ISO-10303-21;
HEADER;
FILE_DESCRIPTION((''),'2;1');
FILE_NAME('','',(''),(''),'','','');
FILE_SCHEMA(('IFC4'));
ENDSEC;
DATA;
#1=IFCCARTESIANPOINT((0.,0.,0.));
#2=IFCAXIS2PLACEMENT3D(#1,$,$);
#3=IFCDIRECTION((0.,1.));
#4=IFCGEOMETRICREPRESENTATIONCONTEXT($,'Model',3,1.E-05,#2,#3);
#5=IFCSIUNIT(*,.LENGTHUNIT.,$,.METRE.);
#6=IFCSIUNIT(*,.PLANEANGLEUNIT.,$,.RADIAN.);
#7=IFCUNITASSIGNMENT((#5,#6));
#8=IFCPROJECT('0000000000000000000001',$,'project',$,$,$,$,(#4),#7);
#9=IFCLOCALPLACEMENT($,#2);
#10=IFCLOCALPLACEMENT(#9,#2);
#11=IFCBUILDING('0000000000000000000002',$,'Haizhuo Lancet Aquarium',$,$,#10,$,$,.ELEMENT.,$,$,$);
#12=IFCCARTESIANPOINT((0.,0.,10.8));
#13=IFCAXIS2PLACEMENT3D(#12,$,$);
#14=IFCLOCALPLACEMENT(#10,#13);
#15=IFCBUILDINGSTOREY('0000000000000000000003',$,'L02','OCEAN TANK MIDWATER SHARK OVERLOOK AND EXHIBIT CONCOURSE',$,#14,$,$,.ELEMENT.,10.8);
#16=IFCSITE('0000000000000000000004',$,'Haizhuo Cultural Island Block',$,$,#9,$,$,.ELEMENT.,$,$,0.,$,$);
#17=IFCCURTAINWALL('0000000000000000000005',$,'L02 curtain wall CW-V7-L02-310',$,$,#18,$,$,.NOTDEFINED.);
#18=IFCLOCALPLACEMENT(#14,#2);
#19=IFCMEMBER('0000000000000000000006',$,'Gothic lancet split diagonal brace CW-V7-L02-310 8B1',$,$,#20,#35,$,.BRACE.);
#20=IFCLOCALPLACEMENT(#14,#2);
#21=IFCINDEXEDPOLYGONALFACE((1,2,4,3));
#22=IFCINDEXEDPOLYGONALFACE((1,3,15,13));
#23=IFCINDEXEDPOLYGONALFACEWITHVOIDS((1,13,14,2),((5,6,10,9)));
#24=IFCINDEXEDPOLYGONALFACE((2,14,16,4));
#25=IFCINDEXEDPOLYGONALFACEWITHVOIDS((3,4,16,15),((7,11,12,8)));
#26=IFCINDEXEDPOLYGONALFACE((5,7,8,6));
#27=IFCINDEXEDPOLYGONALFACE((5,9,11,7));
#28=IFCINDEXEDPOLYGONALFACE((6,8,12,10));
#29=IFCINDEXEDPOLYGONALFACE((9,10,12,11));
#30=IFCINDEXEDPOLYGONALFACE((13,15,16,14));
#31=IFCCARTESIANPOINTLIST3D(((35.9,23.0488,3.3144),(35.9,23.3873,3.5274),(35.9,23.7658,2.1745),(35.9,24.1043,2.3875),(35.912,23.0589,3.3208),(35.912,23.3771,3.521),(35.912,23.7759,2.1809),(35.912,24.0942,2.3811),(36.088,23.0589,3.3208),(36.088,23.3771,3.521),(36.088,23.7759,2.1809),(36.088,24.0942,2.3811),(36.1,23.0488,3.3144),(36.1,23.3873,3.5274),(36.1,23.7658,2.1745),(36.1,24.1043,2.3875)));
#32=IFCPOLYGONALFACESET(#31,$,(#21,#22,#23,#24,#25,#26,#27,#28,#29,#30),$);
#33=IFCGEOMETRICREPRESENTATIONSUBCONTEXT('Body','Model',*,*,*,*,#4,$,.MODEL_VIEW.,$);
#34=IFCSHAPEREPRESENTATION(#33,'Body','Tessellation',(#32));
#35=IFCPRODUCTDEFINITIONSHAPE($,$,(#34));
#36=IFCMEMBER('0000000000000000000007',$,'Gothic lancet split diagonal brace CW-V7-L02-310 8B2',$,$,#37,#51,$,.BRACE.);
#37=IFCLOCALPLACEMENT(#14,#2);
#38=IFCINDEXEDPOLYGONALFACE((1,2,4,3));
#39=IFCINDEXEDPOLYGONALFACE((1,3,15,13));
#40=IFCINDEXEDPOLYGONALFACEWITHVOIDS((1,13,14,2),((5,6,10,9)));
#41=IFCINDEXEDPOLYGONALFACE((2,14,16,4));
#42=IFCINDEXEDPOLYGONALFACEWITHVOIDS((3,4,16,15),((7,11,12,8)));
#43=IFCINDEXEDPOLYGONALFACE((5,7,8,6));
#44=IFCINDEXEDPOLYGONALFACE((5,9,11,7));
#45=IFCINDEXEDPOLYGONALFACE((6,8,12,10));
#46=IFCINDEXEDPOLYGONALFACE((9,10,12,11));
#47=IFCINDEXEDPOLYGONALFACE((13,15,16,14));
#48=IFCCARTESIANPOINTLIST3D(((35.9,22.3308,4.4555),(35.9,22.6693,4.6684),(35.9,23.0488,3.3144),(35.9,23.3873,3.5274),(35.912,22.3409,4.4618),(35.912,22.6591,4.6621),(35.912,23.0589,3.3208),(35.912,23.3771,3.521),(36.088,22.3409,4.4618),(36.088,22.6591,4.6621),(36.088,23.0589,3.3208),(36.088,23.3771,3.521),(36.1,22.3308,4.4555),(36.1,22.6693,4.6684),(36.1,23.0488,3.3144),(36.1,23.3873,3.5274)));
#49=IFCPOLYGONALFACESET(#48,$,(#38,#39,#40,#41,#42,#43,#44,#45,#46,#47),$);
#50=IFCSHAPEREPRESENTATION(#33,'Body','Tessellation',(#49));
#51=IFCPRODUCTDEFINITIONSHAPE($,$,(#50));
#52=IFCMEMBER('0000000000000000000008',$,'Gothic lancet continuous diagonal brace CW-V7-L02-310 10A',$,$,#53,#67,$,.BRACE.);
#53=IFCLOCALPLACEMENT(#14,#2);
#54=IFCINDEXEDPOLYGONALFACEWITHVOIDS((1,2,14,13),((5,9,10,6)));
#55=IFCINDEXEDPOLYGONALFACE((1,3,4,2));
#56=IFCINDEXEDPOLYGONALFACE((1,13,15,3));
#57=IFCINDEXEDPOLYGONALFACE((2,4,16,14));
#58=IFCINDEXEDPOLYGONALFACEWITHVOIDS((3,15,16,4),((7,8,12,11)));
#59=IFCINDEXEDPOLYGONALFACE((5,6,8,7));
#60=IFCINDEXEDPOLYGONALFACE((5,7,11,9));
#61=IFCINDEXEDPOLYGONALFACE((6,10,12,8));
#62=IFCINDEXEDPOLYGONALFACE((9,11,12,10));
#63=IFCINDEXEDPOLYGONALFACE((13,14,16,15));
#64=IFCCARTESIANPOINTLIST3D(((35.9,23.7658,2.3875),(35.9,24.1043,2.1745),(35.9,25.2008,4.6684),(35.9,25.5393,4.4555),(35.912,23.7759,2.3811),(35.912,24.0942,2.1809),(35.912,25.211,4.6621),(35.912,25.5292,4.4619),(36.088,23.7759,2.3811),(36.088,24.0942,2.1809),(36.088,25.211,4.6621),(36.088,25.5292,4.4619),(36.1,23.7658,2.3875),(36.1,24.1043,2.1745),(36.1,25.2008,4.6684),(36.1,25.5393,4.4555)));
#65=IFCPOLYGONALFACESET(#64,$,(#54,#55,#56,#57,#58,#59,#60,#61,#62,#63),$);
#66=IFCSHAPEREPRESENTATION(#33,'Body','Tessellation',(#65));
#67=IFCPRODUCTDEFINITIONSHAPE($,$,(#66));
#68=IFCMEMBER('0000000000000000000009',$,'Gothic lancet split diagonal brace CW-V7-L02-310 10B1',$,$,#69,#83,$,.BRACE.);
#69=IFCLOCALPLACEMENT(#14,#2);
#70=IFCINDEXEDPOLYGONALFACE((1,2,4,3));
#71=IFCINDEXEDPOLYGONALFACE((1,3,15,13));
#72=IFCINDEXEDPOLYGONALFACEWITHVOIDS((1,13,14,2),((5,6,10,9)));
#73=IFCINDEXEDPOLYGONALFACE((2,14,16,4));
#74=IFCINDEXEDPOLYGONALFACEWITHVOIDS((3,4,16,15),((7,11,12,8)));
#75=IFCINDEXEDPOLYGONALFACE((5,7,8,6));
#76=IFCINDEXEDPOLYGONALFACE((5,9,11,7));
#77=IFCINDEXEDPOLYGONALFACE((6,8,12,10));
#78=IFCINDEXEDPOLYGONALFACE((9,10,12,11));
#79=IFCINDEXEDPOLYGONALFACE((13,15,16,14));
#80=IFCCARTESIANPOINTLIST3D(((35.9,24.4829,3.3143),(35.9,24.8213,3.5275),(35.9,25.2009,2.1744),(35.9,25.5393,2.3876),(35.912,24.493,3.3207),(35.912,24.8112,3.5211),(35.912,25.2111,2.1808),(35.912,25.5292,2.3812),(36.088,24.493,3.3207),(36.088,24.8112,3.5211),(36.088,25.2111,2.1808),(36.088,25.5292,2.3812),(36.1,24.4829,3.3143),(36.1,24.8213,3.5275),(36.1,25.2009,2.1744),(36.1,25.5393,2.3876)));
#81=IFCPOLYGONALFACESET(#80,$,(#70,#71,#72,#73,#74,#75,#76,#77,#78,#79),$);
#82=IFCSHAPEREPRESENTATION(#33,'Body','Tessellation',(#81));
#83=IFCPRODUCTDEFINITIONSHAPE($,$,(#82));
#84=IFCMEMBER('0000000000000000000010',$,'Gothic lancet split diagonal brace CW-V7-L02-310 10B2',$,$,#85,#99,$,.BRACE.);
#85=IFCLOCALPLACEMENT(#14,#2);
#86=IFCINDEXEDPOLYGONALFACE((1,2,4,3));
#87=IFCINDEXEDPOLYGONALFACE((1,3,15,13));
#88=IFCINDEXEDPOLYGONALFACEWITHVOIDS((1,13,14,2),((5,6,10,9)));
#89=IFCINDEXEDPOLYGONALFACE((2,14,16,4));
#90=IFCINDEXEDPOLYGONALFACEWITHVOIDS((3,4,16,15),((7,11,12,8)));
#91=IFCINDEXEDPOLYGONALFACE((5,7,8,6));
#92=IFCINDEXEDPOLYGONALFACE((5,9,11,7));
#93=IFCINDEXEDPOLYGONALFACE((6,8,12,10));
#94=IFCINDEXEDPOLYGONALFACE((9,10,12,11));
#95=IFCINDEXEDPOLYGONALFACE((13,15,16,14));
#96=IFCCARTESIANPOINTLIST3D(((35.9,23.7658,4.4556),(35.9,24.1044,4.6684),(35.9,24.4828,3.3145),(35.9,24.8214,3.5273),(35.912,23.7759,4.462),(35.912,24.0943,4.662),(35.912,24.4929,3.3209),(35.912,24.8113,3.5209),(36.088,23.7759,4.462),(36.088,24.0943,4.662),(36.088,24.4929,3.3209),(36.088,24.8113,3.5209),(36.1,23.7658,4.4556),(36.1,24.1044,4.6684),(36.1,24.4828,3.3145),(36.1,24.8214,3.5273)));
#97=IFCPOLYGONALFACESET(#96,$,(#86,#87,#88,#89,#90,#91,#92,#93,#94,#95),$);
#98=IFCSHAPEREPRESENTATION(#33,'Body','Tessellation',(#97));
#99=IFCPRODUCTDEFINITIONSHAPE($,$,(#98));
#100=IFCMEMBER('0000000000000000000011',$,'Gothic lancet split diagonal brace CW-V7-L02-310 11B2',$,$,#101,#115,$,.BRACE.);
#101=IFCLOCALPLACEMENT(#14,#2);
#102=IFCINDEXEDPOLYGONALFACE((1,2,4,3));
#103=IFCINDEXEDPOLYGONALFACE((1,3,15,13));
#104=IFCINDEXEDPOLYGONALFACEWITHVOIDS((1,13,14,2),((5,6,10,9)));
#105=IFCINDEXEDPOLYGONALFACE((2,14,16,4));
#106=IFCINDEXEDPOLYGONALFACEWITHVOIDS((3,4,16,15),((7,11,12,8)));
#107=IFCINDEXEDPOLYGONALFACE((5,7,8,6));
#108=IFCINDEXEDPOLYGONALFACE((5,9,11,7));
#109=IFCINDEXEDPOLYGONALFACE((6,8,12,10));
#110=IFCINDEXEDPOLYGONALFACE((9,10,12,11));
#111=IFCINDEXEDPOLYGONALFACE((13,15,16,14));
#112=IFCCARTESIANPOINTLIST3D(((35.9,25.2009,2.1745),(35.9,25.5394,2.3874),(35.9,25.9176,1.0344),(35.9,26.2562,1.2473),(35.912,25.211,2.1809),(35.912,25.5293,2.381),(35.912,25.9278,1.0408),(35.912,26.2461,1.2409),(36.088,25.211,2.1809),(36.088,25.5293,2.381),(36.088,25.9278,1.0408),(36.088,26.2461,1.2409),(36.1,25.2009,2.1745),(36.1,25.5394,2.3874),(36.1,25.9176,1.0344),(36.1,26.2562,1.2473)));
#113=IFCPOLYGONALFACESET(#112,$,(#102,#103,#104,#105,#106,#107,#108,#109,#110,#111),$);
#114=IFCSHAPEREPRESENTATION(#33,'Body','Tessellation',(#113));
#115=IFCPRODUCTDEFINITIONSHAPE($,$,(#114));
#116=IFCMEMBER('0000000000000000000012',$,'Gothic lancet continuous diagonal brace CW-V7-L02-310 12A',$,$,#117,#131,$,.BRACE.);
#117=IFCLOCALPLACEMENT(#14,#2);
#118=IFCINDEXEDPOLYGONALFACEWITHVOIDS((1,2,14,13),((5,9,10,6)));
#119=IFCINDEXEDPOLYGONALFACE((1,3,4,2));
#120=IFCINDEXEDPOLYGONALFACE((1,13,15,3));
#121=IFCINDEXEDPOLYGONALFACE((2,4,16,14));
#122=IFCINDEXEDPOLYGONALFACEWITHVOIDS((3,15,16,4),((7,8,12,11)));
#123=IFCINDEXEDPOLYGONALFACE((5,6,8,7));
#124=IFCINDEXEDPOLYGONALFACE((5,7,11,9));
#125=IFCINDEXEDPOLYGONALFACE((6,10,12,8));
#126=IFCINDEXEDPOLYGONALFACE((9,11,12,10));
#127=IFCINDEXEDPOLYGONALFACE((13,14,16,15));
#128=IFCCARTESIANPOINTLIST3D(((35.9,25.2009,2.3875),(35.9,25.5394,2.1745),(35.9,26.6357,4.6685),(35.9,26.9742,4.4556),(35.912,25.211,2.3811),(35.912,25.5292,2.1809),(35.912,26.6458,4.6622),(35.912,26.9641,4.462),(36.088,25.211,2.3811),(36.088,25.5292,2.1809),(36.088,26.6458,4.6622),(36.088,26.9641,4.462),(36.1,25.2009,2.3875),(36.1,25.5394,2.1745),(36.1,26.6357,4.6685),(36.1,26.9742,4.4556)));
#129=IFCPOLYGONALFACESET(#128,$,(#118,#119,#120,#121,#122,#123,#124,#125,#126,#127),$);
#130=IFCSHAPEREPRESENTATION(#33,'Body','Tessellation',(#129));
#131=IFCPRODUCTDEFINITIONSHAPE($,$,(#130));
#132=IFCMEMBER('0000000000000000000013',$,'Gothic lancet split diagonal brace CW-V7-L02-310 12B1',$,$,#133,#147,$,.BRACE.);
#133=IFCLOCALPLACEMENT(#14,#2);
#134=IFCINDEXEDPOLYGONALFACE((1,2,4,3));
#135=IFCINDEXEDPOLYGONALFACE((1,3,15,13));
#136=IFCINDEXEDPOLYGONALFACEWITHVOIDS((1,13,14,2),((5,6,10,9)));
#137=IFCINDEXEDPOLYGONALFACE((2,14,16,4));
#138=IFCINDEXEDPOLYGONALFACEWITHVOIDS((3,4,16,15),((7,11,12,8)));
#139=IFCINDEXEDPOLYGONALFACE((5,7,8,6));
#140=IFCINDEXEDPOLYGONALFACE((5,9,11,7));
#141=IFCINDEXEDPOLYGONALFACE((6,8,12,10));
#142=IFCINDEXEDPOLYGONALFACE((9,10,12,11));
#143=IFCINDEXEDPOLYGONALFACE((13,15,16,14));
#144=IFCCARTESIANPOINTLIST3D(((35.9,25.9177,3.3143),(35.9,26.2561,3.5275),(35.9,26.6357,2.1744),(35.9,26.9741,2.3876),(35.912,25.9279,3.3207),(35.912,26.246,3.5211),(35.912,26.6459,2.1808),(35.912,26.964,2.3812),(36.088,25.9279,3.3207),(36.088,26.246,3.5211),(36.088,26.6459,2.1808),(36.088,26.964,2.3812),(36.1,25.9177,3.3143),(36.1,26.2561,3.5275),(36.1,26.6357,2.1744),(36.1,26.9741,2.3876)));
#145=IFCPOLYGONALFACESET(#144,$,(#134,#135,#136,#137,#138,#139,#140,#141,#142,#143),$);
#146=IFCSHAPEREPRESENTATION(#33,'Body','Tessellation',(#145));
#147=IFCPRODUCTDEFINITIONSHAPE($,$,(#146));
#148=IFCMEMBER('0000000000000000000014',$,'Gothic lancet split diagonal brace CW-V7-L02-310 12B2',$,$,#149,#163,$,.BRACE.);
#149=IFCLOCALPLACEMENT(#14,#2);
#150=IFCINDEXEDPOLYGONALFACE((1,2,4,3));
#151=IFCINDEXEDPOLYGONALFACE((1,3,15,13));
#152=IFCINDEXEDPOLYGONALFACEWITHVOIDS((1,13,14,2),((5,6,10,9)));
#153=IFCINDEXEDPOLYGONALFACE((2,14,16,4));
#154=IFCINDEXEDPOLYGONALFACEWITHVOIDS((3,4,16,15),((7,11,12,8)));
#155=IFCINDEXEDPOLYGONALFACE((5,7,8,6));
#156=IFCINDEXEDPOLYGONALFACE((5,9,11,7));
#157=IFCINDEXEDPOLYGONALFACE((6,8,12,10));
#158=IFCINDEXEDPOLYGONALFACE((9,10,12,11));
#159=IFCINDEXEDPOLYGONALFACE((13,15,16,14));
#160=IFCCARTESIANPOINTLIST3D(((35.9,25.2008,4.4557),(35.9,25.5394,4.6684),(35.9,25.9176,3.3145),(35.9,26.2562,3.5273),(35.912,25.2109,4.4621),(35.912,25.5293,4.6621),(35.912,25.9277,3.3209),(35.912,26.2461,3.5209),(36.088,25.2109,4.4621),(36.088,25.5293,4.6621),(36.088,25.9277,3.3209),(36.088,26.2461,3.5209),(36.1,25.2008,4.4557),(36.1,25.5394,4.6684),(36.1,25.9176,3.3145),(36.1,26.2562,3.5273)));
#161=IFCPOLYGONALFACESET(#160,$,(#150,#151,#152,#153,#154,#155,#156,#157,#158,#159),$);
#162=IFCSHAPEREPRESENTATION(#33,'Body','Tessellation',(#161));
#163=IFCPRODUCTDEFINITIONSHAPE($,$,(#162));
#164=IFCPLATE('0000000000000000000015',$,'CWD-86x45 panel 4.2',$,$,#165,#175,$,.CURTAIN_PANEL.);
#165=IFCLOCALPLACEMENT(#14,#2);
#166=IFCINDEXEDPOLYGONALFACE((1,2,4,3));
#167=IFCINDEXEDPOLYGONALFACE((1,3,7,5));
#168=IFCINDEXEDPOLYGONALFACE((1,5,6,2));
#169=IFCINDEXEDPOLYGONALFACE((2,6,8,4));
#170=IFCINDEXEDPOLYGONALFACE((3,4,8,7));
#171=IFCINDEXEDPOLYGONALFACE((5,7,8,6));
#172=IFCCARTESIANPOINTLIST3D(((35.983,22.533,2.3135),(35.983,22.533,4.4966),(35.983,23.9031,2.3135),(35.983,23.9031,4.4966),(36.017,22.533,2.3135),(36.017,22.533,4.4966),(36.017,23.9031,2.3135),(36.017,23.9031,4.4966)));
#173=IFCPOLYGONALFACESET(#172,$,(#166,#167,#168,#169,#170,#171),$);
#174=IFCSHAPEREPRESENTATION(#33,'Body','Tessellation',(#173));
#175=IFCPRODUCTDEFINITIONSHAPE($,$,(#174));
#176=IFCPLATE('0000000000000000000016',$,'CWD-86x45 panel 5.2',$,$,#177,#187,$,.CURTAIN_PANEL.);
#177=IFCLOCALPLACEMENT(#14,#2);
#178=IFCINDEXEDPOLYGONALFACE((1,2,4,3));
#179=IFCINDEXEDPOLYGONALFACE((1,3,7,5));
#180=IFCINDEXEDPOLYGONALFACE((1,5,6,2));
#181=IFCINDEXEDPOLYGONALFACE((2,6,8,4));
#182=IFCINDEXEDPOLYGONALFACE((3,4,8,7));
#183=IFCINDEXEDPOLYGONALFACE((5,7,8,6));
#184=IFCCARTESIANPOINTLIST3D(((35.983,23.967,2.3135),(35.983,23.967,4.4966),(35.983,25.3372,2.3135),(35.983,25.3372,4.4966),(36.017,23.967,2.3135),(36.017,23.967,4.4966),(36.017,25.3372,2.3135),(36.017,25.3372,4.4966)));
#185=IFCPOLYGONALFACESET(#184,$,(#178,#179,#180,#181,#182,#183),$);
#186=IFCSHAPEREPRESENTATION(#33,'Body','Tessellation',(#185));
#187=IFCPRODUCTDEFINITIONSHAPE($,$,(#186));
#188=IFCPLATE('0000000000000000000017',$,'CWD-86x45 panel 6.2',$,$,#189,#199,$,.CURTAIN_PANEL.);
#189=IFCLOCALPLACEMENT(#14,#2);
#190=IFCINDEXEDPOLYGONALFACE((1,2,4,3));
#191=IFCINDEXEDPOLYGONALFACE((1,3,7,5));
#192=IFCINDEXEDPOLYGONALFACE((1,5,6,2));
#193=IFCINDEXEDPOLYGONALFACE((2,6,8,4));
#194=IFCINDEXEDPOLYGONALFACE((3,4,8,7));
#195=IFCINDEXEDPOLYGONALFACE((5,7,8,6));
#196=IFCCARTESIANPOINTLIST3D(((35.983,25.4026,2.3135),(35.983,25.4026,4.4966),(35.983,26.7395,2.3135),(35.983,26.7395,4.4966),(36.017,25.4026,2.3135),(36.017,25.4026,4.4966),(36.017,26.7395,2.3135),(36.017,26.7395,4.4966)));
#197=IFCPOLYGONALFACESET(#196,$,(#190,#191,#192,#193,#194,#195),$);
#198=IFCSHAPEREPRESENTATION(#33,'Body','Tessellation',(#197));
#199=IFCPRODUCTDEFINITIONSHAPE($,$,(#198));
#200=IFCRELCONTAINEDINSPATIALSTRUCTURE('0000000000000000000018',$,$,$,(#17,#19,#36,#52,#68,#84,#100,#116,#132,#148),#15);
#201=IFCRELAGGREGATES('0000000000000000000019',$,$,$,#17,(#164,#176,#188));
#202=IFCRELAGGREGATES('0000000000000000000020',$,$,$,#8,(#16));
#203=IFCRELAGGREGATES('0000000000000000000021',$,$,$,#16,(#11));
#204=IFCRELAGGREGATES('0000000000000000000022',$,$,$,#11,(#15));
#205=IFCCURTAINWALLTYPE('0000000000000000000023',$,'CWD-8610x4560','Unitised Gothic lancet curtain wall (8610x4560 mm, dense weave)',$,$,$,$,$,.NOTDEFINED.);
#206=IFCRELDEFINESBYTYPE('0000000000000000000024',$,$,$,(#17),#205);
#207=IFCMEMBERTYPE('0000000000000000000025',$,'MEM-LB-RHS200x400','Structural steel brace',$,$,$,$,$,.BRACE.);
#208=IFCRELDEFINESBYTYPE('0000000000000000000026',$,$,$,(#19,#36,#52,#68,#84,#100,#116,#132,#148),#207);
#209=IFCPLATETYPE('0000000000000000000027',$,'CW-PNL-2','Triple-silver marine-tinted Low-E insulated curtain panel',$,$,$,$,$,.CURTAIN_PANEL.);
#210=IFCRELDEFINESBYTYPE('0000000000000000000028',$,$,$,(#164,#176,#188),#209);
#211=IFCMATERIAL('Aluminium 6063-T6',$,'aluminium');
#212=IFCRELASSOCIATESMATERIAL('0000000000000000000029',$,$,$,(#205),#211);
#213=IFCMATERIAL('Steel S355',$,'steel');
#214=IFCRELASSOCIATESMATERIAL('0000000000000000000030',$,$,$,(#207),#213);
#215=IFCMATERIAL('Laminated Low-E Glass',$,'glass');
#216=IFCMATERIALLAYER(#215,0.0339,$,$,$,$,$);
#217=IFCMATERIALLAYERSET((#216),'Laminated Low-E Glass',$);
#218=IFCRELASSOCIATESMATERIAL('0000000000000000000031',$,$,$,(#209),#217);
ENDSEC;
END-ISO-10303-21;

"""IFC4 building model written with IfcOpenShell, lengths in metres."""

from ifc_helpers import new_model, si_unit, direction, frame, origin, origin_2d, place, context, subcontext, project, spatial, rectangle, hollow_rectangle, extrude, material, layer, layer_set, material_profile, profile_set, type_object, element, aggregate, save


model = new_model("IFC4")

# Units and contexts
model_context = context("Model", 3, precision=1e-05, world=origin(), true_north=direction((0.0, 1.0)))
body_context = subcontext(model_context, "Body", "Model", "MODEL_VIEW")
ifc_project = project(units=[si_unit("LENGTHUNIT", "METRE"), si_unit("PLANEANGLEUNIT", "RADIAN")], contexts=[model_context])

# Site, building, storey
site_placement = place(None, origin())
site = spatial("IfcSite", under=ifc_project, at=site_placement, Name="Haizhuo Cultural Island Block", CompositionType="ELEMENT", RefElevation=0.0)
building_placement = place(site_placement, origin())
building = spatial("IfcBuilding", under=site, at=building_placement, Name="Haizhuo Lancet Aquarium", CompositionType="ELEMENT")
storey_placement = place(building_placement, frame((0.0, 0.0, 10.8)))
storey = spatial("IfcBuildingStorey", under=building, at=storey_placement, Name="L02", Description="OCEAN TANK MIDWATER SHARK OVERLOOK AND EXHIBIT CONCOURSE", CompositionType="ELEMENT", Elevation=10.8)

# Shared definitions
ifc_material_1 = material(Name="Steel S355", Category="steel")

# Curtain wall
ifc_material_2 = material(Name="Aluminium 6063-T6", Category="aluminium")
curtain_wall_type = type_object("IfcCurtainWallType", Name="CWD-8610x4560", Description="Unitised Gothic lancet curtain wall (8610x4560 mm, dense weave)", PredefinedType="NOTDEFINED", material=ifc_material_2)
curtain_wall_placement = place(storey_placement, origin())
curtain_wall = element("IfcCurtainWall", 1, at=curtain_wall_placement, inside=storey, type_object=curtain_wall_type, Name="L02 curtain wall CW-V7-L02-310", PredefinedType="NOTDEFINED")

# Members
ifc_material_profile_1 = material_profile(ifc_material_1, hollow_rectangle(XDim=0.2, YDim=0.3999, WallThickness=0.012, at=origin_2d()), Name="RHS 200x400x12")
ifc_profile_set_1 = profile_set([ifc_material_profile_1], Name="Steel S355")
member_type_1 = type_object("IfcMemberType", Name="MEM-LB-RHS200x400", Description="Structural steel brace", PredefinedType="BRACE", material=ifc_profile_set_1)
member_1_placement = place(storey_placement, frame((36.0, 23.9351, 2.281), z_axis=(0.0, -0.532457, 0.846457), x_axis=(1.0, 0.0, 0.0)))
element("IfcMember", 2, at=member_1_placement, inside=storey, type_object=member_type_1, Name="Gothic lancet split diagonal brace CW-V7-L02-310 8B1", PredefinedType="BRACE", context=body_context, shape_type="SweptSolid", body=[
    extrude(hollow_rectangle(XDim=0.2, YDim=0.3999, WallThickness=0.012, at=origin_2d()), origin(), (0.0, 0.0, 1.0), 1.3467),
])
member_2_placement = place(storey_placement, frame((36.0, 23.218, 3.4209), z_axis=(0.0, -0.532568, 0.846387), x_axis=(1.0, 0.0, 0.0)))
element("IfcMember", 3, at=member_2_placement, inside=storey, type_object=member_type_1, Name="Gothic lancet split diagonal brace CW-V7-L02-310 8B2", PredefinedType="BRACE", context=body_context, shape_type="SweptSolid", body=[
    extrude(hollow_rectangle(XDim=0.2, YDim=0.3999, WallThickness=0.012, at=origin_2d()), origin(), (0.0, 0.0, 1.0), 1.3481),
])
member_3_placement = place(storey_placement, frame((36.0, 23.9351, 2.281), z_axis=(0.0, 0.532513, 0.846422), x_axis=(-1.0, 0.0, 0.0)))
element("IfcMember", 4, at=member_3_placement, inside=storey, type_object=member_type_1, Name="Gothic lancet continuous diagonal brace CW-V7-L02-310 10A", PredefinedType="BRACE", context=body_context, shape_type="SweptSolid", body=[
    extrude(hollow_rectangle(XDim=0.2, YDim=0.3999, WallThickness=0.012, at=origin_2d()), origin(), (0.0, 0.0, 1.0), 2.6948),
])
member_4_placement = place(storey_placement, frame((36.0, 25.3701, 2.281), z_axis=(0.0, -0.532977, 0.84613), x_axis=(1.0, 0.0, 0.0)))
element("IfcMember", 5, at=member_4_placement, inside=storey, type_object=member_type_1, Name="Gothic lancet split diagonal brace CW-V7-L02-310 10B1", PredefinedType="BRACE", context=body_context, shape_type="SweptSolid", body=[
    extrude(hollow_rectangle(XDim=0.2, YDim=0.3999, WallThickness=0.012, at=origin_2d()), origin(), (0.0, 0.0, 1.0), 1.3472),
])
member_5_placement = place(storey_placement, frame((36.0, 24.6521, 3.4209), z_axis=(0.0, -0.532049, 0.846713), x_axis=(1.0, 0.0, 0.0)))
element("IfcMember", 6, at=member_5_placement, inside=storey, type_object=member_type_1, Name="Gothic lancet split diagonal brace CW-V7-L02-310 10B2", PredefinedType="BRACE", context=body_context, shape_type="SweptSolid", body=[
    extrude(hollow_rectangle(XDim=0.2, YDim=0.3999, WallThickness=0.012, at=origin_2d()), origin(), (0.0, 0.0, 1.0), 1.3477),
])
member_6_placement = place(storey_placement, frame((36.0, 26.0869, 1.1409), z_axis=(0.0, -0.532246, 0.84659), x_axis=(1.0, 0.0, 0.0)))
element("IfcMember", 7, at=member_6_placement, inside=storey, type_object=member_type_1, Name="Gothic lancet split diagonal brace CW-V7-L02-310 11B2", PredefinedType="BRACE", context=body_context, shape_type="SweptSolid", body=[
    extrude(hollow_rectangle(XDim=0.2, YDim=0.3999, WallThickness=0.012, at=origin_2d()), origin(), (0.0, 0.0, 1.0), 1.3467),
])
member_7_placement = place(storey_placement, frame((36.0, 25.3701, 2.281), z_axis=(0.0, 0.532448, 0.846463), x_axis=(-1.0, 0.0, 0.0)))
element("IfcMember", 8, at=member_7_placement, inside=storey, type_object=member_type_1, Name="Gothic lancet continuous diagonal brace CW-V7-L02-310 12A", PredefinedType="BRACE", context=body_context, shape_type="SweptSolid", body=[
    extrude(hollow_rectangle(XDim=0.2, YDim=0.3999, WallThickness=0.012, at=origin_2d()), origin(), (0.0, 0.0, 1.0), 2.6948),
])
member_8_placement = place(storey_placement, frame((36.0, 26.8049, 2.281), z_axis=(0.0, -0.532977, 0.84613), x_axis=(1.0, 0.0, 0.0)))
element("IfcMember", 9, at=member_8_placement, inside=storey, type_object=member_type_1, Name="Gothic lancet split diagonal brace CW-V7-L02-310 12B1", PredefinedType="BRACE", context=body_context, shape_type="SweptSolid", body=[
    extrude(hollow_rectangle(XDim=0.2, YDim=0.3999, WallThickness=0.012, at=origin_2d()), origin(), (0.0, 0.0, 1.0), 1.3472),
])
member_9_placement = place(storey_placement, frame((36.0, 26.0869, 3.4209), z_axis=(0.0, -0.531919, 0.846795), x_axis=(1.0, 0.0, 0.0)))
element("IfcMember", 10, at=member_9_placement, inside=storey, type_object=member_type_1, Name="Gothic lancet split diagonal brace CW-V7-L02-310 12B2", PredefinedType="BRACE", context=body_context, shape_type="SweptSolid", body=[
    extrude(hollow_rectangle(XDim=0.2, YDim=0.3999, WallThickness=0.012, at=origin_2d()), origin(), (0.0, 0.0, 1.0), 1.3477),
])

# Plates
ifc_material_3 = material(Name="Laminated Low-E Glass", Category="glass")
ifc_layer = layer(ifc_material_3, 0.0339)
ifc_layer_set = layer_set([ifc_layer], Name="Laminated Low-E Glass")
plate_type = type_object("IfcPlateType", Name="CW-PNL-2", Description="Triple-silver marine-tinted Low-E insulated curtain panel", PredefinedType="CURTAIN_PANEL", material=ifc_layer_set)
plate_1_placement = place(storey_placement, frame((36.0, 23.218, 2.3135), z_axis=(0.0, 0.0, 1.0), x_axis=(0.0, 1.0, 0.0)))
plate_1 = element("IfcPlate", 11, at=plate_1_placement, type_object=plate_type, Name="CWD-86x45 panel 4.2", PredefinedType="CURTAIN_PANEL", context=body_context, shape_type="SweptSolid", body=[
    extrude(rectangle(XDim=1.3701, YDim=0.0339, at=origin_2d()), origin(), (0.0, 0.0, 1.0), 2.1831),
])
plate_2_placement = place(storey_placement, frame((36.0, 24.6521, 2.3135), z_axis=(0.0, 0.0, 1.0), x_axis=(0.0, 1.0, 0.0)))
plate_2 = element("IfcPlate", 12, at=plate_2_placement, type_object=plate_type, Name="CWD-86x45 panel 5.2", PredefinedType="CURTAIN_PANEL", context=body_context, shape_type="SweptSolid", body=[
    extrude(rectangle(XDim=1.3701, YDim=0.0339, at=origin_2d()), origin(), (0.0, 0.0, 1.0), 2.1831),
])
plate_3_placement = place(storey_placement, frame((36.0, 26.071, 2.3135), z_axis=(0.0, 0.0, 1.0), x_axis=(0.0, 1.0, 0.0)))
plate_3 = element("IfcPlate", 13, at=plate_3_placement, type_object=plate_type, Name="CWD-86x45 panel 6.2", PredefinedType="CURTAIN_PANEL", context=body_context, shape_type="SweptSolid", body=[
    extrude(rectangle(XDim=1.3369, YDim=0.0339, at=origin_2d()), origin(), (0.0, 0.0, 1.0), 2.1831),
])
aggregate(curtain_wall, [plate_1, plate_2, plate_3])

save(model, "model.ifc")
